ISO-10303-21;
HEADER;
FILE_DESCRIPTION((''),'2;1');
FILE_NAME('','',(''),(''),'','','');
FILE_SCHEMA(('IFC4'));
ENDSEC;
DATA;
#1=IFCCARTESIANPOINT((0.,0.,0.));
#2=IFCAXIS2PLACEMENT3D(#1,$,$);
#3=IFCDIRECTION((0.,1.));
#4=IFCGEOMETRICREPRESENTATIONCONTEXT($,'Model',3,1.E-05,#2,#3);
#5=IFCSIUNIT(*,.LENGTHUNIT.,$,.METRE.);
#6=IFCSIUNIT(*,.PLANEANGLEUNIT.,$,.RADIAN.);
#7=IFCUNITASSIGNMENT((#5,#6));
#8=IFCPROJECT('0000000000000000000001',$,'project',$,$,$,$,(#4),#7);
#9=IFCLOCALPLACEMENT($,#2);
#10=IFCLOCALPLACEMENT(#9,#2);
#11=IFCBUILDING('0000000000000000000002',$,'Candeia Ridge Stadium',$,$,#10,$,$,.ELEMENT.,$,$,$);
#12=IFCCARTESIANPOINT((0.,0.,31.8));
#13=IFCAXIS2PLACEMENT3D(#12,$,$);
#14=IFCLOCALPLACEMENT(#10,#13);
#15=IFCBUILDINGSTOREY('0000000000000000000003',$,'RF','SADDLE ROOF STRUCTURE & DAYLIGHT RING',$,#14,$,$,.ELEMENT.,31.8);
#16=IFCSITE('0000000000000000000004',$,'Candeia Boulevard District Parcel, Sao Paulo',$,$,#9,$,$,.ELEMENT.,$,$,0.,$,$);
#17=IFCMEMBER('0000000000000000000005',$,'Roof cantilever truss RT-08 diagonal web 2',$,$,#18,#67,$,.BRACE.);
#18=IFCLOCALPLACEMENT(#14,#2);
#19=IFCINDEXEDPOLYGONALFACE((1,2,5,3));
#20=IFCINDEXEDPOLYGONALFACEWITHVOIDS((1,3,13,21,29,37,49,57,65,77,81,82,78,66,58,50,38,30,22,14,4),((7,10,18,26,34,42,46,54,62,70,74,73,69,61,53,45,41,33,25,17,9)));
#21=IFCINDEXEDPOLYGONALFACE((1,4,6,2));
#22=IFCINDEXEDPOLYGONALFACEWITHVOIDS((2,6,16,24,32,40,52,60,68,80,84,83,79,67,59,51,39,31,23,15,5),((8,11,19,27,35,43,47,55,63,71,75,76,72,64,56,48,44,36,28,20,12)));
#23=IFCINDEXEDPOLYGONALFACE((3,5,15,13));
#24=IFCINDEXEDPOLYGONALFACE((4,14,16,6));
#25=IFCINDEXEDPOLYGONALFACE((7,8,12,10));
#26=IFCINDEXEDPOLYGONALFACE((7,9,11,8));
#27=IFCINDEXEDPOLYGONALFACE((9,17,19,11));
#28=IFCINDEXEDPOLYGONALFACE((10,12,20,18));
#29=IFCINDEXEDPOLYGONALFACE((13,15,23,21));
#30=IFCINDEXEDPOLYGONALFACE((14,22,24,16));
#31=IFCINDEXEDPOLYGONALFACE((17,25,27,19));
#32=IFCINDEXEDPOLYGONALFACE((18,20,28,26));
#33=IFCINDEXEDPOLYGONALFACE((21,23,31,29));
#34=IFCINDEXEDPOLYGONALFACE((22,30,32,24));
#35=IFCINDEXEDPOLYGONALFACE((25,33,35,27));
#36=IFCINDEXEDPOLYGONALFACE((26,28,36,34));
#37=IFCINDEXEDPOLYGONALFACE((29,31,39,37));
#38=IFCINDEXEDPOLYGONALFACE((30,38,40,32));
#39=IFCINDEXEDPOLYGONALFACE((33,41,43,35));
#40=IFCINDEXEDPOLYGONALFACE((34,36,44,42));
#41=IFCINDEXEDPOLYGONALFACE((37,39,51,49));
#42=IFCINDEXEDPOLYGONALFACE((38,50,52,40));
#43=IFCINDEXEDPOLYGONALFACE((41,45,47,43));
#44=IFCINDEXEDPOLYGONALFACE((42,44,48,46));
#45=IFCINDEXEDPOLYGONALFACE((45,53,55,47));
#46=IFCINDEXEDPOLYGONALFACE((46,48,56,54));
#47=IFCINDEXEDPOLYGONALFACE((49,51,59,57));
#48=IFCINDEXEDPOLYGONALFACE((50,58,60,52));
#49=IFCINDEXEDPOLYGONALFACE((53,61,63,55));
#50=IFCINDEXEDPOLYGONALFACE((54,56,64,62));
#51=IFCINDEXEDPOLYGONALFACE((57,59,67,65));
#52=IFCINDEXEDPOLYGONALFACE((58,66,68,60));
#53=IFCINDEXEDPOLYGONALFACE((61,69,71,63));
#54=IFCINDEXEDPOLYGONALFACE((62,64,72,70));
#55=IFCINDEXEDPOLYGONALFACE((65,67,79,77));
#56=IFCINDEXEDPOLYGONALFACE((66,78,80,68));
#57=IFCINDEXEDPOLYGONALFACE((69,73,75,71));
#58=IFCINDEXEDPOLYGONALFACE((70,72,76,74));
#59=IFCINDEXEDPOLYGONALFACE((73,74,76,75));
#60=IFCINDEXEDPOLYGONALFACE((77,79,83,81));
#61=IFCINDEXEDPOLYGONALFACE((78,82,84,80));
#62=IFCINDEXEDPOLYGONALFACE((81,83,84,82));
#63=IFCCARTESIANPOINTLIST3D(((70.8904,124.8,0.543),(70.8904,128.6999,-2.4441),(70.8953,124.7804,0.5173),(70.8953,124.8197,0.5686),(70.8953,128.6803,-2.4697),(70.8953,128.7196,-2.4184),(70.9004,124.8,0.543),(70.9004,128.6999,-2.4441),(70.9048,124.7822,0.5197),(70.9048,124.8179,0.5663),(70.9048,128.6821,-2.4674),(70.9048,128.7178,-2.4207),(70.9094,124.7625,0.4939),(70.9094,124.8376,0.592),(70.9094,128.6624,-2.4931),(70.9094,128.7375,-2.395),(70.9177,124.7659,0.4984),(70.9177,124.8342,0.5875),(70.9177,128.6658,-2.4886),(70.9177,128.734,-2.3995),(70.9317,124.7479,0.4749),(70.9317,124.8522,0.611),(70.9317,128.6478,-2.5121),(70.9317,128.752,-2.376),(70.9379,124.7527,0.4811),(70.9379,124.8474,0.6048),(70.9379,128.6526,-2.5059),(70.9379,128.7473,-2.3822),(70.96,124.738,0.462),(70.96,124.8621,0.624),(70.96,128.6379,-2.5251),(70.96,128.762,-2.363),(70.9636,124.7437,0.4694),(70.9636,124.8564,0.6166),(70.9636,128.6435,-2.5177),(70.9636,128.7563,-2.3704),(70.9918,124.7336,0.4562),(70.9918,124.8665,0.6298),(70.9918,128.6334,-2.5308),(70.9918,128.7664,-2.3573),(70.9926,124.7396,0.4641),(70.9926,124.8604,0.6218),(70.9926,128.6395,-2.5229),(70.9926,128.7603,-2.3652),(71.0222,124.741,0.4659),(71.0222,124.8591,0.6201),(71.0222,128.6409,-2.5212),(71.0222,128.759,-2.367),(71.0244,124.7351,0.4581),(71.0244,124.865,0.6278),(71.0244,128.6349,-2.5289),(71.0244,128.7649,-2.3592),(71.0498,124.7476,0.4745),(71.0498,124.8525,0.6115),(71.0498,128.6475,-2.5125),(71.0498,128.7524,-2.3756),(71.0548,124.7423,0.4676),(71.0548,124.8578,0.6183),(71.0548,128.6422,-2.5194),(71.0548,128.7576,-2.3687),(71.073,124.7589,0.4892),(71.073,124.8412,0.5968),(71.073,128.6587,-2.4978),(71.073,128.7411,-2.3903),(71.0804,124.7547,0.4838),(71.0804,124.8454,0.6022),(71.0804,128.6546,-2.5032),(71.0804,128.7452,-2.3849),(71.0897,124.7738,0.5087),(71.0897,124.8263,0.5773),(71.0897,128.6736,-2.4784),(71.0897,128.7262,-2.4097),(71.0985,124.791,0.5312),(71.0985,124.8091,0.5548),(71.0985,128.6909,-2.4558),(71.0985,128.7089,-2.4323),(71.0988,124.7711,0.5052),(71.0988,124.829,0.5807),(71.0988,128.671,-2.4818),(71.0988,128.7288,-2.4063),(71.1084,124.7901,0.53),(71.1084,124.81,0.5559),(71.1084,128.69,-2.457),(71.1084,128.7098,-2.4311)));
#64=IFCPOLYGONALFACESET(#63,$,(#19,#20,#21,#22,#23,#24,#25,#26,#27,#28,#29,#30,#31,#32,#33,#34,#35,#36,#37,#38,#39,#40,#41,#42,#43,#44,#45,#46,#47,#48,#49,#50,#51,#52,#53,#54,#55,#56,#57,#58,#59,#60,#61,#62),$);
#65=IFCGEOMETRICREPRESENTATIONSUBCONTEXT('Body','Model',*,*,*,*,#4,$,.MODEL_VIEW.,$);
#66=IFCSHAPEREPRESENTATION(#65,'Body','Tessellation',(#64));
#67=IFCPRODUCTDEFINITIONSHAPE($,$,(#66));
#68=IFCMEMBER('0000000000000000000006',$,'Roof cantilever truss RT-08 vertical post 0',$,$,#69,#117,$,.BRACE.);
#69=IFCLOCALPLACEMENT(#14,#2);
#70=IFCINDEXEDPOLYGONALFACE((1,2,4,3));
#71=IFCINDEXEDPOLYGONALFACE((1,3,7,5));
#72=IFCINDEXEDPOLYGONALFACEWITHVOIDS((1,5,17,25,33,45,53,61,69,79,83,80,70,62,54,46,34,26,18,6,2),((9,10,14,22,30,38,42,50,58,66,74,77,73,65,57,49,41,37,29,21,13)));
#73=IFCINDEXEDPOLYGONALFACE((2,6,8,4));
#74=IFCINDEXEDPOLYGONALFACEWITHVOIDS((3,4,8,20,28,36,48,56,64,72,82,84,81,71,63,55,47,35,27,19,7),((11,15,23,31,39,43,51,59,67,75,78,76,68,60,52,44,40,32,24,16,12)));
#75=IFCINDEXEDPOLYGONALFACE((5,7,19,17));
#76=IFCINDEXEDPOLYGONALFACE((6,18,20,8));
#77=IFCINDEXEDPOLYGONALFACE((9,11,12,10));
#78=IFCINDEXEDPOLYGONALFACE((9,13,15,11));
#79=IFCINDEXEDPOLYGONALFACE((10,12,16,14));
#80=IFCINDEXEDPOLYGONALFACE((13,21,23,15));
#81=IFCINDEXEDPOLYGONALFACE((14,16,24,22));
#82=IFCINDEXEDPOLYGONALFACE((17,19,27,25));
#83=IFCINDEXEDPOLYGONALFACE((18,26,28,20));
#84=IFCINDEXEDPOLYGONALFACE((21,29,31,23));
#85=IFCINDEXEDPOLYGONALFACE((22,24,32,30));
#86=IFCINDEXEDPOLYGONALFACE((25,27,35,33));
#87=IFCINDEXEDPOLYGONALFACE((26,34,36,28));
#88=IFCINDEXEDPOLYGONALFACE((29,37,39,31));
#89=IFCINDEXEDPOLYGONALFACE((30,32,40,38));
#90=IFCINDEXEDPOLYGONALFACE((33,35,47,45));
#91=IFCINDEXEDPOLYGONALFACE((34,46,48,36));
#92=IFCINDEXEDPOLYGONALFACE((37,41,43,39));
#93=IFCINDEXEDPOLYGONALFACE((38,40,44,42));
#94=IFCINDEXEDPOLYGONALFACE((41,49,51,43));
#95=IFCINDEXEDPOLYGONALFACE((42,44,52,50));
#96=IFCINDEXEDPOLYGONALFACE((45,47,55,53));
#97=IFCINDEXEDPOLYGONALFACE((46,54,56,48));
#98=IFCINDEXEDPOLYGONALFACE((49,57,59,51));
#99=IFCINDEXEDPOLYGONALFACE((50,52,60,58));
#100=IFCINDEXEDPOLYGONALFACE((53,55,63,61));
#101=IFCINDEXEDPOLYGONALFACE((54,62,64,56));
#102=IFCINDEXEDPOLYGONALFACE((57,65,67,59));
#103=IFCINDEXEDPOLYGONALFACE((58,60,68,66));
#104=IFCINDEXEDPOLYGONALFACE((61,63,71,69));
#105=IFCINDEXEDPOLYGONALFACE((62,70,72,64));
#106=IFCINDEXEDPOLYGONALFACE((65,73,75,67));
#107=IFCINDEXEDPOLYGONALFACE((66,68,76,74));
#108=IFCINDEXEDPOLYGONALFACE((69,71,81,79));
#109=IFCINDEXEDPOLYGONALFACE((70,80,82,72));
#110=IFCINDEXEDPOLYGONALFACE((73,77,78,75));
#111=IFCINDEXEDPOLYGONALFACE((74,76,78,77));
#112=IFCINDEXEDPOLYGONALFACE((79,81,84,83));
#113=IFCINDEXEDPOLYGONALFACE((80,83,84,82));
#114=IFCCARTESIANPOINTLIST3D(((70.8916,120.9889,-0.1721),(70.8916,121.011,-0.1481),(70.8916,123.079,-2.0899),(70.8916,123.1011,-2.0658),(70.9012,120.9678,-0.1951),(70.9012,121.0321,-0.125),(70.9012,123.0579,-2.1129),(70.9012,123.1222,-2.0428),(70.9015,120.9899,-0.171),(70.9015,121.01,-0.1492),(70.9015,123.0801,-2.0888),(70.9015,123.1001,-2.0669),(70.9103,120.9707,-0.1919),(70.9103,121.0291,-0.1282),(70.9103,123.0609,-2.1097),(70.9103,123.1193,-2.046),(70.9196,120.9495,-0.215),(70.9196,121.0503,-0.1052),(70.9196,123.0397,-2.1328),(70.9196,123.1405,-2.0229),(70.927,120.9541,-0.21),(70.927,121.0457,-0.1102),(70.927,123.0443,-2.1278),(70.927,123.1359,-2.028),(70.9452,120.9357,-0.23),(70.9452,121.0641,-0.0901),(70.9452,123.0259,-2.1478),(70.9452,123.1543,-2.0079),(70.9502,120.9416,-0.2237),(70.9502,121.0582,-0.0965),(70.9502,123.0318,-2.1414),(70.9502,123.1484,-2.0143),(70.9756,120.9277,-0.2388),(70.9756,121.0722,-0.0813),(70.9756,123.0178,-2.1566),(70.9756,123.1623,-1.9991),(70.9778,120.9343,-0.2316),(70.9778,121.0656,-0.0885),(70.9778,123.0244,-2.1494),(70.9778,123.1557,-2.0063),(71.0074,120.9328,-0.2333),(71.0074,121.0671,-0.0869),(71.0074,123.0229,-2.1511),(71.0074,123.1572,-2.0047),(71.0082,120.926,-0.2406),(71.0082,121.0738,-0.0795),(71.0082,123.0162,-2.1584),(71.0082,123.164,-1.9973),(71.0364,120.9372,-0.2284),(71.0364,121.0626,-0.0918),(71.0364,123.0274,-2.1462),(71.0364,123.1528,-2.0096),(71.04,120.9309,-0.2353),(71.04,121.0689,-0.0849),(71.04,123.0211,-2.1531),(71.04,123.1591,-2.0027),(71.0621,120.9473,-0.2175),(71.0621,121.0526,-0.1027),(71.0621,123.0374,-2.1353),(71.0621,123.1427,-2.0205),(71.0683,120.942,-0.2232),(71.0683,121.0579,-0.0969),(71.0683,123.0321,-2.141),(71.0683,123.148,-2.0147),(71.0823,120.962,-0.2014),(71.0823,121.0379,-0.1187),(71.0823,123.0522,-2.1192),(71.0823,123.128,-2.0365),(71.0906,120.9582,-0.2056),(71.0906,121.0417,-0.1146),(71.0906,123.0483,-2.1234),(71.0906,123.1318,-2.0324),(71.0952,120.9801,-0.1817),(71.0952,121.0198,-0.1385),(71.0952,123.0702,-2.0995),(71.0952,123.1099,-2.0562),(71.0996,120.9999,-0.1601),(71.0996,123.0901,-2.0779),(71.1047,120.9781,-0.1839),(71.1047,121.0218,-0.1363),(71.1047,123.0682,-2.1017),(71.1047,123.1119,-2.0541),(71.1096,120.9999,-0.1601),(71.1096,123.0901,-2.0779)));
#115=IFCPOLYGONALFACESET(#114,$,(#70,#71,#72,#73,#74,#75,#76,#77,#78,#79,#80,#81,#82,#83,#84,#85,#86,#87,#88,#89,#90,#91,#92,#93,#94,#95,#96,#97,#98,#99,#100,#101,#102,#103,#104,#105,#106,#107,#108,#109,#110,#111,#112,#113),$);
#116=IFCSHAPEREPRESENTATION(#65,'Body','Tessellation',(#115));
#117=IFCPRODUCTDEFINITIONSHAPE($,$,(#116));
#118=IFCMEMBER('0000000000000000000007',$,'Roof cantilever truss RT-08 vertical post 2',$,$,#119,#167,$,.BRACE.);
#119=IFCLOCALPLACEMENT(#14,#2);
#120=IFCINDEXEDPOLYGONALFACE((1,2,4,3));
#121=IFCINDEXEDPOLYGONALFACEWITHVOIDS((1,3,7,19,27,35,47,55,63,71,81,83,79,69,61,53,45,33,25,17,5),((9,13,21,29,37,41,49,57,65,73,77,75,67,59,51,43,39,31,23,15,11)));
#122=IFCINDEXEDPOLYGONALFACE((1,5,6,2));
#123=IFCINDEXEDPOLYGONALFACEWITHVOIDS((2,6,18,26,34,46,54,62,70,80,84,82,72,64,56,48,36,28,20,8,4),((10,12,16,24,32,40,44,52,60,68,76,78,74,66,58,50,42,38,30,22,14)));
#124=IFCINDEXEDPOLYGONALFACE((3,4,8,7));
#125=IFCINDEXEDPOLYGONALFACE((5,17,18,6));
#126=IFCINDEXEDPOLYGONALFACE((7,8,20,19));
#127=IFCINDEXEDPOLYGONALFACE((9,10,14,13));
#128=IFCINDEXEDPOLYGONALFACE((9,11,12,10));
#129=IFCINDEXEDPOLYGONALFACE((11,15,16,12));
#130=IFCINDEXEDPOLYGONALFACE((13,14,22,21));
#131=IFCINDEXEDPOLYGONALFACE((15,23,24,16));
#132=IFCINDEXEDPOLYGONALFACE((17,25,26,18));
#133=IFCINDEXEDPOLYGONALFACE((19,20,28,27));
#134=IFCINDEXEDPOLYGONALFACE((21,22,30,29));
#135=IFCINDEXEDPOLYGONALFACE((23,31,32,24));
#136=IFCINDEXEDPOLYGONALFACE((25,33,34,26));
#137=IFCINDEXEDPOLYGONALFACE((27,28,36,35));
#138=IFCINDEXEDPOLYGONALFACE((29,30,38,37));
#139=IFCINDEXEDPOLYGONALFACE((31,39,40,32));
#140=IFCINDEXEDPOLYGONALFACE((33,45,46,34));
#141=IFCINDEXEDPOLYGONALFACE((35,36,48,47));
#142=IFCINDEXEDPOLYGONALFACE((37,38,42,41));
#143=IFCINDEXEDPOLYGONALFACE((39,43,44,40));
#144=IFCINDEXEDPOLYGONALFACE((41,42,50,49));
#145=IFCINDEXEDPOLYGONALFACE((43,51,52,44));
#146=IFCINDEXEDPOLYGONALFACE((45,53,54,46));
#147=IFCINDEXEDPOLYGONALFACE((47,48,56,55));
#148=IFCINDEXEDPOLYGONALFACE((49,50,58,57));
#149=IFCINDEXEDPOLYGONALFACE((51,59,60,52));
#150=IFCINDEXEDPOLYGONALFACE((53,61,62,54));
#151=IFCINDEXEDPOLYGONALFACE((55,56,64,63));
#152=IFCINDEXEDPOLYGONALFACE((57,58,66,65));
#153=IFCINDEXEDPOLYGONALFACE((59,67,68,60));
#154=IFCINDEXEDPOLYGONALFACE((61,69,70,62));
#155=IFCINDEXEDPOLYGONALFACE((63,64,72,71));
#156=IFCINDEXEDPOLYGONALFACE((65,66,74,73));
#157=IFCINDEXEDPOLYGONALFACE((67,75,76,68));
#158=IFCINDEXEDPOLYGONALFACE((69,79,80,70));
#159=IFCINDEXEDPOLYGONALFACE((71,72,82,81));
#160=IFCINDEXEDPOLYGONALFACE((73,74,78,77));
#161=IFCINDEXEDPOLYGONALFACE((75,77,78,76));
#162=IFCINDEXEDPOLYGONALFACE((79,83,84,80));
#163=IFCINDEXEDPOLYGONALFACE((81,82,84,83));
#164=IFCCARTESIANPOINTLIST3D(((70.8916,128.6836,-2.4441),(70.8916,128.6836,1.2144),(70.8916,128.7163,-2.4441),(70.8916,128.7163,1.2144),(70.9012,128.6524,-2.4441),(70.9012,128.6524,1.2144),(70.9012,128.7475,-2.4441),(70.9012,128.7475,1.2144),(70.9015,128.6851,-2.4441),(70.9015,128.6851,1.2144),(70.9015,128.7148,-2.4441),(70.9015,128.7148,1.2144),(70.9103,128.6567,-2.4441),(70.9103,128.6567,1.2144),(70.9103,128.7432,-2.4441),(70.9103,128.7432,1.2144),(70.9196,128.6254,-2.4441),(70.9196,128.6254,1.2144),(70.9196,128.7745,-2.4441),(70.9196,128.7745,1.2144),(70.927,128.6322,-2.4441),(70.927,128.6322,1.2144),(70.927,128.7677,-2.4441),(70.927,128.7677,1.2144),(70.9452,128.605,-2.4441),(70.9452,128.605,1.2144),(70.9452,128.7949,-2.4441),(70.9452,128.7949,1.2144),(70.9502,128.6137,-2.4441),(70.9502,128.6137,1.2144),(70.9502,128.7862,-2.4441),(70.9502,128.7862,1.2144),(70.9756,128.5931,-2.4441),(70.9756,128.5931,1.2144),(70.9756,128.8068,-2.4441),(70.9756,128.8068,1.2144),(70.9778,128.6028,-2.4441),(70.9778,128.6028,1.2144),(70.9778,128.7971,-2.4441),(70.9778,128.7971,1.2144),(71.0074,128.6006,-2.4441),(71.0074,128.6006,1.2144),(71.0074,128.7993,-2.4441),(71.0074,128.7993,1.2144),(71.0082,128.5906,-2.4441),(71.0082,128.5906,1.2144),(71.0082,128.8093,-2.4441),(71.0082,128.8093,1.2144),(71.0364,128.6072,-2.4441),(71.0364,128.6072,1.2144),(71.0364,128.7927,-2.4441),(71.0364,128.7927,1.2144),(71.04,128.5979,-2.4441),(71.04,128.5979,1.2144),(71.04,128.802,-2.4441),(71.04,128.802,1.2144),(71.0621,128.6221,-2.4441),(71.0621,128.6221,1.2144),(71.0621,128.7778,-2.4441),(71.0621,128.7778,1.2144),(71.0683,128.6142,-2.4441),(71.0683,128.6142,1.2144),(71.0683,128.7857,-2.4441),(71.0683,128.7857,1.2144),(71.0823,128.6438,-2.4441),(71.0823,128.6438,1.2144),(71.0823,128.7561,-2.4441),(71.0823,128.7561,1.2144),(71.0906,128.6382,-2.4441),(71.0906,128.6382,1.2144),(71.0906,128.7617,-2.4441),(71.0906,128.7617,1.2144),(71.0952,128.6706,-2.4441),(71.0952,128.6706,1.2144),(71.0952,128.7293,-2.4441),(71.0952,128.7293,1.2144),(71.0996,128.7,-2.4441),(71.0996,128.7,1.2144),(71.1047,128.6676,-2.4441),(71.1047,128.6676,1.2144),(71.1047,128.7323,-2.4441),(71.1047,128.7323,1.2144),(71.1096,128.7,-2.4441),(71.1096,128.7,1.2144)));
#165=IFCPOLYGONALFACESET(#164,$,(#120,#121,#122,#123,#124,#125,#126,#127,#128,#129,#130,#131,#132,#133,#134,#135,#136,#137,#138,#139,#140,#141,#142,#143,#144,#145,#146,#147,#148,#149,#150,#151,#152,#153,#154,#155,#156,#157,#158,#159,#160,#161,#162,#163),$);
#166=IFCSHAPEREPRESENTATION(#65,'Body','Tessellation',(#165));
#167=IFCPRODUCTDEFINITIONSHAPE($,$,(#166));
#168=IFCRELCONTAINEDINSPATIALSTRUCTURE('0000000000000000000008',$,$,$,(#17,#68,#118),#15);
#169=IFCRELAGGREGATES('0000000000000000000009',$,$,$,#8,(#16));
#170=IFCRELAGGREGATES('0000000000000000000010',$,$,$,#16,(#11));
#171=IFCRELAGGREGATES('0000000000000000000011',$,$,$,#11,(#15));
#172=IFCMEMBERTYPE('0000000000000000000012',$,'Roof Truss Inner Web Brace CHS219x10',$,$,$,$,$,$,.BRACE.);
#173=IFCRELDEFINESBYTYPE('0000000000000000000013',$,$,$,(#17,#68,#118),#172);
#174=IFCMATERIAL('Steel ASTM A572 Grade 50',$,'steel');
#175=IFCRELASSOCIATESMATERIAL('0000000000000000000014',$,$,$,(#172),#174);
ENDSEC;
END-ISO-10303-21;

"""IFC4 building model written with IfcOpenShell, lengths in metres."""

from ifc_helpers import new_model, si_unit, direction, frame, origin, origin_2d, place, context, subcontext, project, spatial, hollow_circle, extrude, material, material_profile, profile_set, type_object, element, save


model = new_model("IFC4")

# Units and contexts
model_context = context("Model", 3, precision=1e-05, world=origin(), true_north=direction((0.0, 1.0)))
body_context = subcontext(model_context, "Body", "Model", "MODEL_VIEW")
ifc_project = project(units=[si_unit("LENGTHUNIT", "METRE"), si_unit("PLANEANGLEUNIT", "RADIAN")], contexts=[model_context])

# Site, building, storey
site_placement = place(None, origin())
site = spatial("IfcSite", under=ifc_project, at=site_placement, Name="Candeia Boulevard District Parcel, Sao Paulo", CompositionType="ELEMENT", RefElevation=0.0)
building_placement = place(site_placement, origin())
building = spatial("IfcBuilding", under=site, at=building_placement, Name="Candeia Ridge Stadium", CompositionType="ELEMENT")
storey_placement = place(building_placement, frame((0.0, 0.0, 31.8)))
storey = spatial("IfcBuildingStorey", under=building, at=storey_placement, Name="RF", Description="SADDLE ROOF STRUCTURE & DAYLIGHT RING", CompositionType="ELEMENT", Elevation=31.8)

# Shared definitions
ifc_material_1 = material(Name="Steel ASTM A572 Grade 50", Category="steel")

# Members
ifc_material_profile_1 = material_profile(ifc_material_1, hollow_circle(Radius=0.1096, WallThickness=0.01, at=origin_2d()), Name="CHS219x10", Category="steel")
ifc_profile_set_1 = profile_set([ifc_material_profile_1], Name="Steel ASTM A572 Grade 50")
member_type_1 = type_object("IfcMemberType", Name="Roof Truss Inner Web Brace CHS219x10", PredefinedType="BRACE", material=ifc_profile_set_1)
member_1_placement = place(storey_placement, frame((71.0, 124.8, 0.543), z_axis=(0.0, 0.793888, -0.608064), x_axis=(-1.0, 0.0, 0.0)))
element("IfcMember", 1, at=member_1_placement, inside=storey, type_object=member_type_1, Name="Roof cantilever truss RT-08 diagonal web 2", PredefinedType="BRACE", context=body_context, shape_type="SweptSolid", body=[
    extrude(hollow_circle(Radius=0.1096, WallThickness=0.01, at=origin_2d()), origin(), (0.0, 0.0, 1.0), 4.9124),
])
member_2_placement = place(storey_placement, frame((71.0, 123.0901, -2.0779), z_axis=(0.0, -0.736836, 0.676071), x_axis=(1.0, 0.0, 0.0)))
element("IfcMember", 2, at=member_2_placement, inside=storey, type_object=member_type_1, Name="Roof cantilever truss RT-08 vertical post 0", PredefinedType="BRACE", context=body_context, shape_type="SweptSolid", body=[
    extrude(hollow_circle(Radius=0.1096, WallThickness=0.01, at=origin_2d()), origin(), (0.0, 0.0, 1.0), 2.8367),
])
member_3_placement = place(storey_placement, frame((71.0, 128.7, -2.4441), z_axis=(0.0, 0.0, 1.0), x_axis=(1.0, 0.0, 0.0)))
element("IfcMember", 3, at=member_3_placement, inside=storey, type_object=member_type_1, Name="Roof cantilever truss RT-08 vertical post 2", PredefinedType="BRACE", context=body_context, shape_type="SweptSolid", body=[
    extrude(hollow_circle(Radius=0.1096, WallThickness=0.01, at=origin_2d()), origin(), (0.0, 0.0, 1.0), 3.6584),
])

save(model, "model.ifc")
